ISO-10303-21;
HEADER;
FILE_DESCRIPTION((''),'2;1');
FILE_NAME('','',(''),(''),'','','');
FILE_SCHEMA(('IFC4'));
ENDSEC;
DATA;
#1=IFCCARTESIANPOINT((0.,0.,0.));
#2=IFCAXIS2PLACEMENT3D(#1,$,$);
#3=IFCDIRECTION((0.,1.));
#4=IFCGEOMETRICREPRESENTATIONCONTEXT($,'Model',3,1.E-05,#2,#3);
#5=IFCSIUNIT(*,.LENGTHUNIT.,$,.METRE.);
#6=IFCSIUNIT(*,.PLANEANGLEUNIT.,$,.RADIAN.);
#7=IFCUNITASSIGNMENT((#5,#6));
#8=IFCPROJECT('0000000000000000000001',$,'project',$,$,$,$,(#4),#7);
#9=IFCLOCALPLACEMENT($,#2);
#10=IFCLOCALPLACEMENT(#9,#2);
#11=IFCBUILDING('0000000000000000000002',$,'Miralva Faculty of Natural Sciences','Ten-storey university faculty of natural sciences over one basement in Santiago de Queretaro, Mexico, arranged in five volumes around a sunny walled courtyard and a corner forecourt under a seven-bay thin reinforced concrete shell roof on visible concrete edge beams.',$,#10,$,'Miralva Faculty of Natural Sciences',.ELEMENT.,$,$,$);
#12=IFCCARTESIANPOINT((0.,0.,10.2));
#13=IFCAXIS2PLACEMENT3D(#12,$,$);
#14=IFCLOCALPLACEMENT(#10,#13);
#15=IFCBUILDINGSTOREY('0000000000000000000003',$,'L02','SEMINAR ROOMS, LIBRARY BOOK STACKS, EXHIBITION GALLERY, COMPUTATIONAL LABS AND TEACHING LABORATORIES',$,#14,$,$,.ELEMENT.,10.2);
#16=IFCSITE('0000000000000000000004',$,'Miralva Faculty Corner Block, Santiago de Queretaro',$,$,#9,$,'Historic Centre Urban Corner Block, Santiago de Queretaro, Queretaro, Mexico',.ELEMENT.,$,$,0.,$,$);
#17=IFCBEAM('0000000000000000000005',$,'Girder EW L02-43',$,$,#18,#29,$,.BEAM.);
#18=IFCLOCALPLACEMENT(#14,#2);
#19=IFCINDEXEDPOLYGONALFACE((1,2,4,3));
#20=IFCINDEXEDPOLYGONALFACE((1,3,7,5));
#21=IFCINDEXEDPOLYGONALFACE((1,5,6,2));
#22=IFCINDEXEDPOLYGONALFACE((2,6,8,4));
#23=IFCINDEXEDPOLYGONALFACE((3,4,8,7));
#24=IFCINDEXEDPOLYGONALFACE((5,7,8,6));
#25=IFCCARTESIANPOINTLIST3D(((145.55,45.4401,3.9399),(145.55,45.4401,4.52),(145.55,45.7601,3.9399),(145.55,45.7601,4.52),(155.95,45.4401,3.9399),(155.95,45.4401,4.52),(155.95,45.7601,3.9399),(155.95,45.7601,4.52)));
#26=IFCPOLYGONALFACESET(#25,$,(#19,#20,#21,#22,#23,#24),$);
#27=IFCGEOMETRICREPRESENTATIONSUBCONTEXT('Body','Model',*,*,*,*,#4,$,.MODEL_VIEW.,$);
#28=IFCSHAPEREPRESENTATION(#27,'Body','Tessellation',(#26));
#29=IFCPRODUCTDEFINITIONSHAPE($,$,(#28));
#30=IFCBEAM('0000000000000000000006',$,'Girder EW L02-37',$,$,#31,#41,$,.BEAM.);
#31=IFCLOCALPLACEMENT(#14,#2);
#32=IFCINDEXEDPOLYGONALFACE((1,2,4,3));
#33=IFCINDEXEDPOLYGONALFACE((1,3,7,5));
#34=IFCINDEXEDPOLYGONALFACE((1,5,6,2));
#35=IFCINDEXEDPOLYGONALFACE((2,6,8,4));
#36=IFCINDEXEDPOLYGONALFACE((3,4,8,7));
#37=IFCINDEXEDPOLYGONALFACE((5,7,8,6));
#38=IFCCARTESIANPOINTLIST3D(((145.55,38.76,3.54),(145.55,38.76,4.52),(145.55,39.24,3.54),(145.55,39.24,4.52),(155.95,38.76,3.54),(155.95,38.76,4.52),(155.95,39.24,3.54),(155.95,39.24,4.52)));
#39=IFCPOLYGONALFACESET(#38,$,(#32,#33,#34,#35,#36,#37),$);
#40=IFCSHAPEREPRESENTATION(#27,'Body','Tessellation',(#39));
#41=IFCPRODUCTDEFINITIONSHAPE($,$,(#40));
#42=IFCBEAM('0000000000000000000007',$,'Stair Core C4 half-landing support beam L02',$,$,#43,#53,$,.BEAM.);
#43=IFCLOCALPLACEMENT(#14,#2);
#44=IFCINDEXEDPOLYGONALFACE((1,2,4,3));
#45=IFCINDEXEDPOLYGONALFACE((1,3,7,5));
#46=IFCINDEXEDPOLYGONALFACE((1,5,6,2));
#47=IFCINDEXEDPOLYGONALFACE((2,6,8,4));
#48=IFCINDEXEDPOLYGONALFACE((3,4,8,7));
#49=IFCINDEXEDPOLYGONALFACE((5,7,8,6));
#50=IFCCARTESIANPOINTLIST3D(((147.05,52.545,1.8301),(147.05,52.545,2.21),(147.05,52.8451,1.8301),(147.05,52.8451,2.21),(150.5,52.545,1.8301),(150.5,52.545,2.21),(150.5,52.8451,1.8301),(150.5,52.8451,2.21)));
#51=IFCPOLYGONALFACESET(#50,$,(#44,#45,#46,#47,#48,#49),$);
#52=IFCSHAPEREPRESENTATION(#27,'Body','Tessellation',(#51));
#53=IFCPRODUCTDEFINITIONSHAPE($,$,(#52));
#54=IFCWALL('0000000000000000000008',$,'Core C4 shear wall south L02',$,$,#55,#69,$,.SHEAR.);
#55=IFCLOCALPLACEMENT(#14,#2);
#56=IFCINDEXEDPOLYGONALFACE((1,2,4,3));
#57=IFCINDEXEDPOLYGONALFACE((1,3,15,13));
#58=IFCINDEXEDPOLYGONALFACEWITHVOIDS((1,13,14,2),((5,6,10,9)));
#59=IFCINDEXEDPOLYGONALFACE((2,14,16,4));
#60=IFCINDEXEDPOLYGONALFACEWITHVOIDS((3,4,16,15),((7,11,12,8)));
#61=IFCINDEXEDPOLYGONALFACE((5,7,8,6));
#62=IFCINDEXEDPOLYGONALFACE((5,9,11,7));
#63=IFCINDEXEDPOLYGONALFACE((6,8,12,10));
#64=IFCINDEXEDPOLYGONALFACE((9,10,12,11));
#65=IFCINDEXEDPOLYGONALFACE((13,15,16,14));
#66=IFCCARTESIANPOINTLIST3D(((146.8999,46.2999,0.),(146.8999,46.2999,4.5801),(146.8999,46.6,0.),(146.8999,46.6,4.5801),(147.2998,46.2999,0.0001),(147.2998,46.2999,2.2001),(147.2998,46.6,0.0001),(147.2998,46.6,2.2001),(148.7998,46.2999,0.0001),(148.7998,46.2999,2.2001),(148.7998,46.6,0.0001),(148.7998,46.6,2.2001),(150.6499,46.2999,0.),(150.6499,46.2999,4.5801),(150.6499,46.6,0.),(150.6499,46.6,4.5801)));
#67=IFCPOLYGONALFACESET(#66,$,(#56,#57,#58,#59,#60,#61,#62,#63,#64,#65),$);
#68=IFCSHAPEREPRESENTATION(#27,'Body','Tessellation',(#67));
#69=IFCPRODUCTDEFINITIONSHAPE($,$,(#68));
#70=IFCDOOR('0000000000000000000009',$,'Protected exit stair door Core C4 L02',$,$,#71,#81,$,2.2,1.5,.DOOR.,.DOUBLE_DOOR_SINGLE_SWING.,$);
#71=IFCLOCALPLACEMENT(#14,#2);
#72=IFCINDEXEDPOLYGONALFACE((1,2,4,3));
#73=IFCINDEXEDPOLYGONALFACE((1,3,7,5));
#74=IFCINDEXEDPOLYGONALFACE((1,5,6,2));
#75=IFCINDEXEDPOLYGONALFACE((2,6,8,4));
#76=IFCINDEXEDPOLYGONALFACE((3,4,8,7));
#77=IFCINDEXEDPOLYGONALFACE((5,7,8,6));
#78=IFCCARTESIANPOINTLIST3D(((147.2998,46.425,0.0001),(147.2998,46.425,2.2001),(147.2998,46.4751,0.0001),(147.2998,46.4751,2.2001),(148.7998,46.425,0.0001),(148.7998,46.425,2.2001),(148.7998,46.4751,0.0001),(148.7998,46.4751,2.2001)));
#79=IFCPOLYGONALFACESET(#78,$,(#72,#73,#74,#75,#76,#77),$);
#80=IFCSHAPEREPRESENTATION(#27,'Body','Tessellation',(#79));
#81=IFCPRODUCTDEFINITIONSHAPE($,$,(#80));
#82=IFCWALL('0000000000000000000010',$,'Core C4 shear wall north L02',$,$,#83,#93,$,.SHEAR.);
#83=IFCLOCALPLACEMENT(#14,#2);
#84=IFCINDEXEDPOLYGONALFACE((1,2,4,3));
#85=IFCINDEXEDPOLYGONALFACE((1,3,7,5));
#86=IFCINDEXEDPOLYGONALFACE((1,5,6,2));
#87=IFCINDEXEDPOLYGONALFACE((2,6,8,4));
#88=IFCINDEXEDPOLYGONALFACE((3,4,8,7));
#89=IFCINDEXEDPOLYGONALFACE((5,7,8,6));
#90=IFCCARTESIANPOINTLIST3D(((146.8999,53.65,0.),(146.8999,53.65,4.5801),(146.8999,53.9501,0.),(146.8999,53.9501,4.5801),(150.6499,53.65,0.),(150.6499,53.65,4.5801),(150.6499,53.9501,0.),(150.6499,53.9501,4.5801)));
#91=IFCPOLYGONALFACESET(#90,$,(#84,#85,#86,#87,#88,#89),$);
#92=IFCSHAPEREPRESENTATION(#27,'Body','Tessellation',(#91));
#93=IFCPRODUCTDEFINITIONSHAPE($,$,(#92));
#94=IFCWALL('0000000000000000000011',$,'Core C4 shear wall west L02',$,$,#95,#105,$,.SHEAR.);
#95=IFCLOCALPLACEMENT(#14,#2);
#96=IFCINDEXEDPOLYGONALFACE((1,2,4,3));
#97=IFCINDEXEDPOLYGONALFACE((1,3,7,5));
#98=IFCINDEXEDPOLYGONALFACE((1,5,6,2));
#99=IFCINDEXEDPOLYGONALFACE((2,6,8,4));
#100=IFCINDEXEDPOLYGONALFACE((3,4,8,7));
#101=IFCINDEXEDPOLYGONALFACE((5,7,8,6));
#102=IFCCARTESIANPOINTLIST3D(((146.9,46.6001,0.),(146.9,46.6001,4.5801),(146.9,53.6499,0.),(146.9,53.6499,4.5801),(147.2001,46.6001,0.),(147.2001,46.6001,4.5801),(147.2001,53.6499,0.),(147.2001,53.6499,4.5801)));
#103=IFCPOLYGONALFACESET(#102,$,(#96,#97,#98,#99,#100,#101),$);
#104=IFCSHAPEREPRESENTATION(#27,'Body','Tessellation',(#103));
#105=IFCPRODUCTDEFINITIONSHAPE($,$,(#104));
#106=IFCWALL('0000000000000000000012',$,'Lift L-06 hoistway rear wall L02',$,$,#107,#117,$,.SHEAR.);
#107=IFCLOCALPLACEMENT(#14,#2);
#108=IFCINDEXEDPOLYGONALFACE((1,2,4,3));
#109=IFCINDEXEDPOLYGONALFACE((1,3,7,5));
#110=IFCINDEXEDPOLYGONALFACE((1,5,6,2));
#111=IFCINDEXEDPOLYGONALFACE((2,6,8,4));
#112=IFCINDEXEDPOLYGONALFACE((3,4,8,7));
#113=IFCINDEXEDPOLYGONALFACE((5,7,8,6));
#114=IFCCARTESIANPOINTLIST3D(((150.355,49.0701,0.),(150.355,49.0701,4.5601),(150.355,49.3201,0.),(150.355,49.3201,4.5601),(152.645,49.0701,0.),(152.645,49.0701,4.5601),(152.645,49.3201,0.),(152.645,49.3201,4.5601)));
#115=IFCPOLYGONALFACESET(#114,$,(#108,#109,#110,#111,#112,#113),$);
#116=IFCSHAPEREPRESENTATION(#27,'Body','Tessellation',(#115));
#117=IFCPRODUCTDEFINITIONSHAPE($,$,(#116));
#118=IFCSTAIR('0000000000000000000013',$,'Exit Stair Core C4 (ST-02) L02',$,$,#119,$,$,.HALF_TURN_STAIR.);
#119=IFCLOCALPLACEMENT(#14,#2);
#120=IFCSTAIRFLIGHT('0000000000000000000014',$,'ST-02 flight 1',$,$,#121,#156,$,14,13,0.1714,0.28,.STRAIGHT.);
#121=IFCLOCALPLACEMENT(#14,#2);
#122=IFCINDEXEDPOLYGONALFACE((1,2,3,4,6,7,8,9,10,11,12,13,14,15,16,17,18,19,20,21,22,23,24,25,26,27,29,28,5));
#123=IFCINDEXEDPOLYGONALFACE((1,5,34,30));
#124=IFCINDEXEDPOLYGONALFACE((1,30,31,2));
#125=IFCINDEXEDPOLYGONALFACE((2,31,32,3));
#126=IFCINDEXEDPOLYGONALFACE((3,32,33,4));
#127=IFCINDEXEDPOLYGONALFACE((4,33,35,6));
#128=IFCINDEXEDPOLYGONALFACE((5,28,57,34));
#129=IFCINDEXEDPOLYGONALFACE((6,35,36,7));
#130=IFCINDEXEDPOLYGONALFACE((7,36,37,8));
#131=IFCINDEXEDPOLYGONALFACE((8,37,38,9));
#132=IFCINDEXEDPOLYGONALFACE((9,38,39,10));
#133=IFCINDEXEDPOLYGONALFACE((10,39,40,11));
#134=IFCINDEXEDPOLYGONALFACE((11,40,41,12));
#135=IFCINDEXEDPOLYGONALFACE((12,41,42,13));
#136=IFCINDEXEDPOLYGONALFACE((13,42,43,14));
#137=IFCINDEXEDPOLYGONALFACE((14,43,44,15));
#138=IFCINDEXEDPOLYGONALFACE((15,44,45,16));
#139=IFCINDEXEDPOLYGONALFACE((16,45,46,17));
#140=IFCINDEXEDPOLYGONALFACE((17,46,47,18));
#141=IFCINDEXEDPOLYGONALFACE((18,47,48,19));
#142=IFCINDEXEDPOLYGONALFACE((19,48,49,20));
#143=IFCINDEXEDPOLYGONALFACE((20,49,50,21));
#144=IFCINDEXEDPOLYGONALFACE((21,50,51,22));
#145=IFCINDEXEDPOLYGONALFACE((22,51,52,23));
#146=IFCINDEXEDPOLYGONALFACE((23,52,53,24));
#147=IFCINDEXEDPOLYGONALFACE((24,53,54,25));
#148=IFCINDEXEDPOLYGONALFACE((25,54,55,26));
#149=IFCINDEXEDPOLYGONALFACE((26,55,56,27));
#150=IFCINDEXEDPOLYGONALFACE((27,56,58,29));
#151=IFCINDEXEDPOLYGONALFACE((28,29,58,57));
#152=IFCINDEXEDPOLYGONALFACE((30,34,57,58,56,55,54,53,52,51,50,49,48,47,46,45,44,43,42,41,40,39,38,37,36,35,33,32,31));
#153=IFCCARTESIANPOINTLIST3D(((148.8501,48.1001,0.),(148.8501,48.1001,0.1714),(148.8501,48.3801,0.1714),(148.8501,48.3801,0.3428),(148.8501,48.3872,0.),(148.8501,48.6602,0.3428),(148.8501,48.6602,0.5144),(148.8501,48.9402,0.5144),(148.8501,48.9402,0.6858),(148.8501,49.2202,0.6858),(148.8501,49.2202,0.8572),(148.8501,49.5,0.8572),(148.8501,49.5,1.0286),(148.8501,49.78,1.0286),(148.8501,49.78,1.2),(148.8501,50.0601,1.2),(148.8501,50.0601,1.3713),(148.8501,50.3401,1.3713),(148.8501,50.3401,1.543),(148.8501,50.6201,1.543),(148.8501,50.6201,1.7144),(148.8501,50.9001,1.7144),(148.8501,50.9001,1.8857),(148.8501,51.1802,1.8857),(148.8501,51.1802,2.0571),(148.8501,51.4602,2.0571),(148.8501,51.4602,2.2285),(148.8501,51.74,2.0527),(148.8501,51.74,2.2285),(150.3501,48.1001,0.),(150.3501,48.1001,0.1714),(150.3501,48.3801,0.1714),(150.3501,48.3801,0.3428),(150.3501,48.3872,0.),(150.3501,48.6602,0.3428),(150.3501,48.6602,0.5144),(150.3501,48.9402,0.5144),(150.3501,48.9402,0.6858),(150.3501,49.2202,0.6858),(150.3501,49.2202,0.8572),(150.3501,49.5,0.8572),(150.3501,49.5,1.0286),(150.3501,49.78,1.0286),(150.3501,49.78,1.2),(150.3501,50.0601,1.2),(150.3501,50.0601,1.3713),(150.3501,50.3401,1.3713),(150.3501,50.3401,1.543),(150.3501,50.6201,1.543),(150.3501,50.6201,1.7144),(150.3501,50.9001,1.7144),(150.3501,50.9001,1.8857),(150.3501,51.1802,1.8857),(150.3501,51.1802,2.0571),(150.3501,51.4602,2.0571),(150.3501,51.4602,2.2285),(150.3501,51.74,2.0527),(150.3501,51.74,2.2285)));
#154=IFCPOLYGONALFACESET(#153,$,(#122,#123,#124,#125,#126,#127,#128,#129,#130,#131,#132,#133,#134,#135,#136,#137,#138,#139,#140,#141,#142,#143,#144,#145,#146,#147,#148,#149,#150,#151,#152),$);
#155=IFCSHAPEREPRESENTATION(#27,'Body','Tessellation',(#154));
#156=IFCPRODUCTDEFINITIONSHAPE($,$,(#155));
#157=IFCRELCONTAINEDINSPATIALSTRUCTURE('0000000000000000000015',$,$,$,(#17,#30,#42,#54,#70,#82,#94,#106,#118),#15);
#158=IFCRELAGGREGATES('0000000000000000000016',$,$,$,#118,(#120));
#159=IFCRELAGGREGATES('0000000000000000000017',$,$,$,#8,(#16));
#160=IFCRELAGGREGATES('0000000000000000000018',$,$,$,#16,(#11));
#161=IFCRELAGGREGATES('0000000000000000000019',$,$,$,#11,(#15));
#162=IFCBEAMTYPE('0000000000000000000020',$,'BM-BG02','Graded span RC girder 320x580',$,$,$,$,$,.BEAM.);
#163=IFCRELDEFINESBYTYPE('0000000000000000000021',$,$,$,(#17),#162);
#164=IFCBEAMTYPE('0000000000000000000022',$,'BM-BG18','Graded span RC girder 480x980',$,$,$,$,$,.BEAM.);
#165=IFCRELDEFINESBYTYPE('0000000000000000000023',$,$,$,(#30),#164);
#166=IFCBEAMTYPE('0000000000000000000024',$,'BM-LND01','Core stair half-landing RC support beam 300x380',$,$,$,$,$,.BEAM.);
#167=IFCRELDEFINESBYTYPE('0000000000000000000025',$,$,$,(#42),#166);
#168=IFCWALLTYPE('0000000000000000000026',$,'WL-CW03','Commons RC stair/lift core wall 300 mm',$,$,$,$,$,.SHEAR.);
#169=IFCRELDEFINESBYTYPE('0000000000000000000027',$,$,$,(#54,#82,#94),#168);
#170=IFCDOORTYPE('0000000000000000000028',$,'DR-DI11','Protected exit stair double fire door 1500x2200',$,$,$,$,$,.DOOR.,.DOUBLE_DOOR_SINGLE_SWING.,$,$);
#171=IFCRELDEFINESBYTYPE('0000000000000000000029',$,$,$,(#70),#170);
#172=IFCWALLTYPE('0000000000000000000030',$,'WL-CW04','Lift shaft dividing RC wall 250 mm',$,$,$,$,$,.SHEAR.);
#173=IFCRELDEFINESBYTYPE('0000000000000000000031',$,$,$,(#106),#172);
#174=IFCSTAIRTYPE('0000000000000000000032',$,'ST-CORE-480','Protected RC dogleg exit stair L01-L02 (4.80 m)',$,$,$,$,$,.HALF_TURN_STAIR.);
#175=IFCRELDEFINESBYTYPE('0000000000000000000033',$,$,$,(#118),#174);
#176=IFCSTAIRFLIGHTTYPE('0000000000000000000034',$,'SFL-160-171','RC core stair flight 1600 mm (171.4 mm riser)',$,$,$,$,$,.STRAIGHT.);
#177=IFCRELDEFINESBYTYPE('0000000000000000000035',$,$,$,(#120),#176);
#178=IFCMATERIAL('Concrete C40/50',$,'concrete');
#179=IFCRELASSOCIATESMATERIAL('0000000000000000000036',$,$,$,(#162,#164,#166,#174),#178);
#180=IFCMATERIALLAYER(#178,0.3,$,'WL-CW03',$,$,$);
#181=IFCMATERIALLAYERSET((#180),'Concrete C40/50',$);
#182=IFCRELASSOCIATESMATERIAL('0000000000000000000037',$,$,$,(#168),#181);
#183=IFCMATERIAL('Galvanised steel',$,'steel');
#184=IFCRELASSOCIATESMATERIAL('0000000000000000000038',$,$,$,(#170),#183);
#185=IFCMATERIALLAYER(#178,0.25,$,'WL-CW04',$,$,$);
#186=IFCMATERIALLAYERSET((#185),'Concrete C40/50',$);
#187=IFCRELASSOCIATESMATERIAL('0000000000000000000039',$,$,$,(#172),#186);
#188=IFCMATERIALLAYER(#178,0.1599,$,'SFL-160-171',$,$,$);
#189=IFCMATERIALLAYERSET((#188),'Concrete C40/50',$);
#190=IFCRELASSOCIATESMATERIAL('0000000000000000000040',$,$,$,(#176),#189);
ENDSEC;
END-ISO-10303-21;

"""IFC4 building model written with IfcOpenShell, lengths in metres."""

from ifc_helpers import new_model, si_unit, direction, frame, frame_2d, origin, origin_2d, place, context, subcontext, project, spatial, polyline, rectangle, outline, extrude, material, layer, layer_set, material_profile, profile_set, type_object, element, fill, aggregate, save


model = new_model("IFC4")

# Units and contexts
model_context = context("Model", 3, precision=1e-05, world=origin(), true_north=direction((0.0, 1.0)))
body_context = subcontext(model_context, "Body", "Model", "MODEL_VIEW")
ifc_project = project(units=[si_unit("LENGTHUNIT", "METRE"), si_unit("PLANEANGLEUNIT", "RADIAN")], contexts=[model_context])

# Site, building, storey
site_placement = place(None, origin())
site = spatial("IfcSite", under=ifc_project, at=site_placement, Name="Miralva Faculty Corner Block, Santiago de Queretaro", LongName="Historic Centre Urban Corner Block, Santiago de Queretaro, Queretaro, Mexico", CompositionType="ELEMENT", RefElevation=0.0)
building_placement = place(site_placement, origin())
building = spatial("IfcBuilding", under=site, at=building_placement, Name="Miralva Faculty of Natural Sciences", Description="Ten-storey university faculty of natural sciences over one basement in Santiago de Queretaro, Mexico, arranged in five volumes around a sunny walled courtyard and a corner forecourt under a seven-bay thin reinforced concrete shell roof on visible concrete edge beams.", LongName="Miralva Faculty of Natural Sciences", CompositionType="ELEMENT")
storey_placement = place(building_placement, frame((0.0, 0.0, 10.2)))
storey = spatial("IfcBuildingStorey", under=building, at=storey_placement, Name="L02", Description="SEMINAR ROOMS, LIBRARY BOOK STACKS, EXHIBITION GALLERY, COMPUTATIONAL LABS AND TEACHING LABORATORIES", CompositionType="ELEMENT", Elevation=10.2)

# Beams
ifc_material_1 = material(Name="Concrete C40/50", Category="concrete")
ifc_material_profile_1 = material_profile(ifc_material_1, rectangle(XDim=0.3201, YDim=0.5801, at=origin_2d()), Name="RC 320x580")
ifc_profile_set_1 = profile_set([ifc_material_profile_1], Name="Concrete C40/50")
beam_type_1 = type_object("IfcBeamType", Name="BM-BG02", Description="Graded span RC girder 320x580", PredefinedType="BEAM", material=ifc_profile_set_1)
beam_1_placement = place(storey_placement, frame((145.55, 45.6001, 4.23), z_axis=(1.0, 0.0, 0.0), x_axis=(0.0, 1.0, 0.0)))
element("IfcBeam", 1, at=beam_1_placement, inside=storey, type_object=beam_type_1, Name="Girder EW L02-43", PredefinedType="BEAM", context=body_context, shape_type="SweptSolid", body=[
    extrude(rectangle(XDim=0.3201, YDim=0.5801, at=origin_2d()), origin(), (0.0, 0.0, 1.0), 10.3999),
])
ifc_material_profile_2 = material_profile(ifc_material_1, rectangle(XDim=0.48, YDim=0.98, at=origin_2d()), Name="RC 480x980")
ifc_profile_set_2 = profile_set([ifc_material_profile_2], Name="Concrete C40/50")
beam_type_2 = type_object("IfcBeamType", Name="BM-BG18", Description="Graded span RC girder 480x980", PredefinedType="BEAM", material=ifc_profile_set_2)
beam_2_placement = place(storey_placement, frame((145.55, 39.0, 4.03), z_axis=(1.0, 0.0, 0.0), x_axis=(0.0, 1.0, 0.0)))
element("IfcBeam", 2, at=beam_2_placement, inside=storey, type_object=beam_type_2, Name="Girder EW L02-37", PredefinedType="BEAM", context=body_context, shape_type="SweptSolid", body=[
    extrude(rectangle(XDim=0.48, YDim=0.98, at=origin_2d()), origin(), (0.0, 0.0, 1.0), 10.3999),
])
ifc_material_profile_3 = material_profile(ifc_material_1, rectangle(XDim=0.3, YDim=0.3799, at=origin_2d()), Name="RC 300x380")
ifc_profile_set_3 = profile_set([ifc_material_profile_3], Name="Concrete C40/50")
beam_type_3 = type_object("IfcBeamType", Name="BM-LND01", Description="Core stair half-landing RC support beam 300x380", PredefinedType="BEAM", material=ifc_profile_set_3)
beam_3_placement = place(storey_placement, frame((147.05, 52.6951, 2.02), z_axis=(1.0, 0.0, 0.0), x_axis=(0.0, 1.0, 0.0)))
element("IfcBeam", 3, at=beam_3_placement, inside=storey, type_object=beam_type_3, Name="Stair Core C4 half-landing support beam L02", PredefinedType="BEAM", context=body_context, shape_type="SweptSolid", body=[
    extrude(rectangle(XDim=0.3, YDim=0.3799, at=origin_2d()), origin(), (0.0, 0.0, 1.0), 3.45),
])

# Wall, opening, door
ifc_layer_1 = layer(ifc_material_1, 0.3, Name="WL-CW03")
ifc_layer_set_1 = layer_set([ifc_layer_1], Name="Concrete C40/50")
wall_type_1 = type_object("IfcWallType", Name="WL-CW03", Description="Commons RC stair/lift core wall 300 mm", PredefinedType="SHEAR", material=ifc_layer_set_1)
wall_1_placement = place(storey_placement, frame((146.8999, 46.45, 0.0), z_axis=(0.0, 0.0, 1.0), x_axis=(1.0, 0.0, 0.0)))
wall_1 = element("IfcWall", 4, at=wall_1_placement, inside=storey, type_object=wall_type_1, Name="Core C4 shear wall south L02", PredefinedType="SHEAR", context=body_context, shape_type="SweptSolid", body=[
    extrude(rectangle(XDim=3.75, YDim=0.3, at=frame_2d((1.875, 0.0))), origin(), (0.0, 0.0, 1.0), 4.5801),
])
opening_1_placement = place(wall_1_placement, frame((0.3999, 0.0, 0.0)))
opening_1 = element("IfcOpeningElement", 5, at=opening_1_placement, cuts=wall_1, PredefinedType="OPENING", context=body_context, shape_type="SweptSolid", body=[
    extrude(rectangle(XDim=1.5, YDim=2.2, at=frame_2d((0.75, 1.1001))), frame((0.0, 0.1599, 0.0), z_axis=(0.0, -1.0, 0.0), x_axis=(1.0, 0.0, 0.0)), (0.0, 0.0, 1.0), 0.3201),
])
ifc_material_2 = material(Name="Galvanised steel", Category="steel")
door_type_1 = type_object("IfcDoorType", Name="DR-DI11", Description="Protected exit stair double fire door 1500x2200", OperationType="DOUBLE_DOOR_SINGLE_SWING", PredefinedType="DOOR", material=ifc_material_2)
door_1_placement = place(opening_1_placement, frame((1.5, 0.0, 0.0), z_axis=(0.0, 0.0, 1.0), x_axis=(-1.0, 0.0, 0.0)))
door_1 = element("IfcDoor", 6, at=door_1_placement, inside=storey, type_object=door_type_1, Name="Protected exit stair door Core C4 L02", OperationType="DOUBLE_DOOR_SINGLE_SWING", OverallHeight=2.2, OverallWidth=1.5, PredefinedType="DOOR", context=body_context, shape_type="SweptSolid", body=[
    extrude(rectangle(XDim=1.5, YDim=2.2, at=frame_2d((0.75, 1.1001))), frame((0.0, 0.0249, 0.0), z_axis=(0.0, -1.0, 0.0), x_axis=(1.0, 0.0, 0.0)), (0.0, 0.0, 1.0), 0.05),
])
fill(opening_1, door_1)

# Walls
wall_2_placement = place(storey_placement, frame((146.8999, 53.8, 0.0), z_axis=(0.0, 0.0, 1.0), x_axis=(1.0, 0.0, 0.0)))
element("IfcWall", 7, at=wall_2_placement, inside=storey, type_object=wall_type_1, Name="Core C4 shear wall north L02", PredefinedType="SHEAR", context=body_context, shape_type="SweptSolid", body=[
    extrude(rectangle(XDim=3.75, YDim=0.3, at=frame_2d((1.875, 0.0))), origin(), (0.0, 0.0, 1.0), 4.5801),
])
wall_3_placement = place(storey_placement, frame((147.05, 46.6001, 0.0), z_axis=(0.0, 0.0, 1.0), x_axis=(0.0, 1.0, 0.0)))
element("IfcWall", 8, at=wall_3_placement, inside=storey, type_object=wall_type_1, Name="Core C4 shear wall west L02", PredefinedType="SHEAR", context=body_context, shape_type="SweptSolid", body=[
    extrude(rectangle(XDim=7.0498, YDim=0.3, at=frame_2d((3.5249, 0.0))), origin(), (0.0, 0.0, 1.0), 4.5801),
])

# Shared definitions
ifc_layer_2 = layer(ifc_material_1, 0.25, Name="WL-CW04")
ifc_layer_set_2 = layer_set([ifc_layer_2], Name="Concrete C40/50")
wall_type_2 = type_object("IfcWallType", Name="WL-CW04", Description="Lift shaft dividing RC wall 250 mm", PredefinedType="SHEAR", material=ifc_layer_set_2)

# Wall
wall_4_placement = place(storey_placement, frame((150.355, 49.1951, 0.0), z_axis=(0.0, 0.0, 1.0), x_axis=(1.0, 0.0, 0.0)))
element("IfcWall", 9, at=wall_4_placement, inside=storey, type_object=wall_type_2, Name="Lift L-06 hoistway rear wall L02", PredefinedType="SHEAR", context=body_context, shape_type="SweptSolid", body=[
    extrude(rectangle(XDim=2.29, YDim=0.25, at=frame_2d((1.145, 0.0))), origin(), (0.0, 0.0, 1.0), 4.5601),
])

# Stair, stair flight
stair_type = type_object("IfcStairType", Name="ST-CORE-480", Description="Protected RC dogleg exit stair L01-L02 (4.80 m)", PredefinedType="HALF_TURN_STAIR", material=ifc_material_1)
stair_placement = place(storey_placement, origin())
stair = element("IfcStair", 10, at=stair_placement, inside=storey, type_object=stair_type, Name="Exit Stair Core C4 (ST-02) L02", PredefinedType="HALF_TURN_STAIR")
ifc_layer_3 = layer(ifc_material_1, 0.1599, Name="SFL-160-171")
ifc_layer_set_3 = layer_set([ifc_layer_3], Name="Concrete C40/50")
stair_flight_type = type_object("IfcStairFlightType", Name="SFL-160-171", Description="RC core stair flight 1600 mm (171.4 mm riser)", PredefinedType="STRAIGHT", material=ifc_layer_set_3)
stair_flight_1_placement = place(storey_placement, frame((149.6001, 48.1001, 0.0), z_axis=(0.0, 0.0, 1.0), x_axis=(0.0, 1.0, 0.0)))
stair_flight_1 = element("IfcStairFlight", 11, at=stair_flight_1_placement, type_object=stair_flight_type, Name="ST-02 flight 1", NumberOfRisers=14, NumberOfTreads=13, PredefinedType="STRAIGHT", RiserHeight=0.1714, TreadLength=0.28, context=body_context, shape_type="SweptSolid", body=[
    extrude(outline(polyline([(0.0, 0.0), (0.0, 0.1714), (0.28, 0.1714), (0.28, 0.3428), (0.5601, 0.3428), (0.5601, 0.5144), (0.8401, 0.5144), (0.8401, 0.6858), (1.1201, 0.6858), (1.1201, 0.8572), (1.3999, 0.8572), (1.3999, 1.0286), (1.6799, 1.0286), (1.6799, 1.2), (1.96, 1.2), (1.96, 1.3713), (2.24, 1.3713), (2.24, 1.543), (2.52, 1.543), (2.52, 1.7144), (2.8, 1.7144), (2.8, 1.8857), (3.0801, 1.8857), (3.0801, 2.0571), (3.3601, 2.0571), (3.3601, 2.2285), (3.6399, 2.2285), (3.6399, 2.3999), (3.6399, 2.0527), (0.2871, 0.0), (0.0, 0.0)])), frame((0.0, 0.75, 0.0), z_axis=(0.0, -1.0, 0.0), x_axis=(1.0, 0.0, 0.0)), (0.0, 0.0, 1.0), 1.5),
])
aggregate(stair, [stair_flight_1])

save(model, "model.ifc")
